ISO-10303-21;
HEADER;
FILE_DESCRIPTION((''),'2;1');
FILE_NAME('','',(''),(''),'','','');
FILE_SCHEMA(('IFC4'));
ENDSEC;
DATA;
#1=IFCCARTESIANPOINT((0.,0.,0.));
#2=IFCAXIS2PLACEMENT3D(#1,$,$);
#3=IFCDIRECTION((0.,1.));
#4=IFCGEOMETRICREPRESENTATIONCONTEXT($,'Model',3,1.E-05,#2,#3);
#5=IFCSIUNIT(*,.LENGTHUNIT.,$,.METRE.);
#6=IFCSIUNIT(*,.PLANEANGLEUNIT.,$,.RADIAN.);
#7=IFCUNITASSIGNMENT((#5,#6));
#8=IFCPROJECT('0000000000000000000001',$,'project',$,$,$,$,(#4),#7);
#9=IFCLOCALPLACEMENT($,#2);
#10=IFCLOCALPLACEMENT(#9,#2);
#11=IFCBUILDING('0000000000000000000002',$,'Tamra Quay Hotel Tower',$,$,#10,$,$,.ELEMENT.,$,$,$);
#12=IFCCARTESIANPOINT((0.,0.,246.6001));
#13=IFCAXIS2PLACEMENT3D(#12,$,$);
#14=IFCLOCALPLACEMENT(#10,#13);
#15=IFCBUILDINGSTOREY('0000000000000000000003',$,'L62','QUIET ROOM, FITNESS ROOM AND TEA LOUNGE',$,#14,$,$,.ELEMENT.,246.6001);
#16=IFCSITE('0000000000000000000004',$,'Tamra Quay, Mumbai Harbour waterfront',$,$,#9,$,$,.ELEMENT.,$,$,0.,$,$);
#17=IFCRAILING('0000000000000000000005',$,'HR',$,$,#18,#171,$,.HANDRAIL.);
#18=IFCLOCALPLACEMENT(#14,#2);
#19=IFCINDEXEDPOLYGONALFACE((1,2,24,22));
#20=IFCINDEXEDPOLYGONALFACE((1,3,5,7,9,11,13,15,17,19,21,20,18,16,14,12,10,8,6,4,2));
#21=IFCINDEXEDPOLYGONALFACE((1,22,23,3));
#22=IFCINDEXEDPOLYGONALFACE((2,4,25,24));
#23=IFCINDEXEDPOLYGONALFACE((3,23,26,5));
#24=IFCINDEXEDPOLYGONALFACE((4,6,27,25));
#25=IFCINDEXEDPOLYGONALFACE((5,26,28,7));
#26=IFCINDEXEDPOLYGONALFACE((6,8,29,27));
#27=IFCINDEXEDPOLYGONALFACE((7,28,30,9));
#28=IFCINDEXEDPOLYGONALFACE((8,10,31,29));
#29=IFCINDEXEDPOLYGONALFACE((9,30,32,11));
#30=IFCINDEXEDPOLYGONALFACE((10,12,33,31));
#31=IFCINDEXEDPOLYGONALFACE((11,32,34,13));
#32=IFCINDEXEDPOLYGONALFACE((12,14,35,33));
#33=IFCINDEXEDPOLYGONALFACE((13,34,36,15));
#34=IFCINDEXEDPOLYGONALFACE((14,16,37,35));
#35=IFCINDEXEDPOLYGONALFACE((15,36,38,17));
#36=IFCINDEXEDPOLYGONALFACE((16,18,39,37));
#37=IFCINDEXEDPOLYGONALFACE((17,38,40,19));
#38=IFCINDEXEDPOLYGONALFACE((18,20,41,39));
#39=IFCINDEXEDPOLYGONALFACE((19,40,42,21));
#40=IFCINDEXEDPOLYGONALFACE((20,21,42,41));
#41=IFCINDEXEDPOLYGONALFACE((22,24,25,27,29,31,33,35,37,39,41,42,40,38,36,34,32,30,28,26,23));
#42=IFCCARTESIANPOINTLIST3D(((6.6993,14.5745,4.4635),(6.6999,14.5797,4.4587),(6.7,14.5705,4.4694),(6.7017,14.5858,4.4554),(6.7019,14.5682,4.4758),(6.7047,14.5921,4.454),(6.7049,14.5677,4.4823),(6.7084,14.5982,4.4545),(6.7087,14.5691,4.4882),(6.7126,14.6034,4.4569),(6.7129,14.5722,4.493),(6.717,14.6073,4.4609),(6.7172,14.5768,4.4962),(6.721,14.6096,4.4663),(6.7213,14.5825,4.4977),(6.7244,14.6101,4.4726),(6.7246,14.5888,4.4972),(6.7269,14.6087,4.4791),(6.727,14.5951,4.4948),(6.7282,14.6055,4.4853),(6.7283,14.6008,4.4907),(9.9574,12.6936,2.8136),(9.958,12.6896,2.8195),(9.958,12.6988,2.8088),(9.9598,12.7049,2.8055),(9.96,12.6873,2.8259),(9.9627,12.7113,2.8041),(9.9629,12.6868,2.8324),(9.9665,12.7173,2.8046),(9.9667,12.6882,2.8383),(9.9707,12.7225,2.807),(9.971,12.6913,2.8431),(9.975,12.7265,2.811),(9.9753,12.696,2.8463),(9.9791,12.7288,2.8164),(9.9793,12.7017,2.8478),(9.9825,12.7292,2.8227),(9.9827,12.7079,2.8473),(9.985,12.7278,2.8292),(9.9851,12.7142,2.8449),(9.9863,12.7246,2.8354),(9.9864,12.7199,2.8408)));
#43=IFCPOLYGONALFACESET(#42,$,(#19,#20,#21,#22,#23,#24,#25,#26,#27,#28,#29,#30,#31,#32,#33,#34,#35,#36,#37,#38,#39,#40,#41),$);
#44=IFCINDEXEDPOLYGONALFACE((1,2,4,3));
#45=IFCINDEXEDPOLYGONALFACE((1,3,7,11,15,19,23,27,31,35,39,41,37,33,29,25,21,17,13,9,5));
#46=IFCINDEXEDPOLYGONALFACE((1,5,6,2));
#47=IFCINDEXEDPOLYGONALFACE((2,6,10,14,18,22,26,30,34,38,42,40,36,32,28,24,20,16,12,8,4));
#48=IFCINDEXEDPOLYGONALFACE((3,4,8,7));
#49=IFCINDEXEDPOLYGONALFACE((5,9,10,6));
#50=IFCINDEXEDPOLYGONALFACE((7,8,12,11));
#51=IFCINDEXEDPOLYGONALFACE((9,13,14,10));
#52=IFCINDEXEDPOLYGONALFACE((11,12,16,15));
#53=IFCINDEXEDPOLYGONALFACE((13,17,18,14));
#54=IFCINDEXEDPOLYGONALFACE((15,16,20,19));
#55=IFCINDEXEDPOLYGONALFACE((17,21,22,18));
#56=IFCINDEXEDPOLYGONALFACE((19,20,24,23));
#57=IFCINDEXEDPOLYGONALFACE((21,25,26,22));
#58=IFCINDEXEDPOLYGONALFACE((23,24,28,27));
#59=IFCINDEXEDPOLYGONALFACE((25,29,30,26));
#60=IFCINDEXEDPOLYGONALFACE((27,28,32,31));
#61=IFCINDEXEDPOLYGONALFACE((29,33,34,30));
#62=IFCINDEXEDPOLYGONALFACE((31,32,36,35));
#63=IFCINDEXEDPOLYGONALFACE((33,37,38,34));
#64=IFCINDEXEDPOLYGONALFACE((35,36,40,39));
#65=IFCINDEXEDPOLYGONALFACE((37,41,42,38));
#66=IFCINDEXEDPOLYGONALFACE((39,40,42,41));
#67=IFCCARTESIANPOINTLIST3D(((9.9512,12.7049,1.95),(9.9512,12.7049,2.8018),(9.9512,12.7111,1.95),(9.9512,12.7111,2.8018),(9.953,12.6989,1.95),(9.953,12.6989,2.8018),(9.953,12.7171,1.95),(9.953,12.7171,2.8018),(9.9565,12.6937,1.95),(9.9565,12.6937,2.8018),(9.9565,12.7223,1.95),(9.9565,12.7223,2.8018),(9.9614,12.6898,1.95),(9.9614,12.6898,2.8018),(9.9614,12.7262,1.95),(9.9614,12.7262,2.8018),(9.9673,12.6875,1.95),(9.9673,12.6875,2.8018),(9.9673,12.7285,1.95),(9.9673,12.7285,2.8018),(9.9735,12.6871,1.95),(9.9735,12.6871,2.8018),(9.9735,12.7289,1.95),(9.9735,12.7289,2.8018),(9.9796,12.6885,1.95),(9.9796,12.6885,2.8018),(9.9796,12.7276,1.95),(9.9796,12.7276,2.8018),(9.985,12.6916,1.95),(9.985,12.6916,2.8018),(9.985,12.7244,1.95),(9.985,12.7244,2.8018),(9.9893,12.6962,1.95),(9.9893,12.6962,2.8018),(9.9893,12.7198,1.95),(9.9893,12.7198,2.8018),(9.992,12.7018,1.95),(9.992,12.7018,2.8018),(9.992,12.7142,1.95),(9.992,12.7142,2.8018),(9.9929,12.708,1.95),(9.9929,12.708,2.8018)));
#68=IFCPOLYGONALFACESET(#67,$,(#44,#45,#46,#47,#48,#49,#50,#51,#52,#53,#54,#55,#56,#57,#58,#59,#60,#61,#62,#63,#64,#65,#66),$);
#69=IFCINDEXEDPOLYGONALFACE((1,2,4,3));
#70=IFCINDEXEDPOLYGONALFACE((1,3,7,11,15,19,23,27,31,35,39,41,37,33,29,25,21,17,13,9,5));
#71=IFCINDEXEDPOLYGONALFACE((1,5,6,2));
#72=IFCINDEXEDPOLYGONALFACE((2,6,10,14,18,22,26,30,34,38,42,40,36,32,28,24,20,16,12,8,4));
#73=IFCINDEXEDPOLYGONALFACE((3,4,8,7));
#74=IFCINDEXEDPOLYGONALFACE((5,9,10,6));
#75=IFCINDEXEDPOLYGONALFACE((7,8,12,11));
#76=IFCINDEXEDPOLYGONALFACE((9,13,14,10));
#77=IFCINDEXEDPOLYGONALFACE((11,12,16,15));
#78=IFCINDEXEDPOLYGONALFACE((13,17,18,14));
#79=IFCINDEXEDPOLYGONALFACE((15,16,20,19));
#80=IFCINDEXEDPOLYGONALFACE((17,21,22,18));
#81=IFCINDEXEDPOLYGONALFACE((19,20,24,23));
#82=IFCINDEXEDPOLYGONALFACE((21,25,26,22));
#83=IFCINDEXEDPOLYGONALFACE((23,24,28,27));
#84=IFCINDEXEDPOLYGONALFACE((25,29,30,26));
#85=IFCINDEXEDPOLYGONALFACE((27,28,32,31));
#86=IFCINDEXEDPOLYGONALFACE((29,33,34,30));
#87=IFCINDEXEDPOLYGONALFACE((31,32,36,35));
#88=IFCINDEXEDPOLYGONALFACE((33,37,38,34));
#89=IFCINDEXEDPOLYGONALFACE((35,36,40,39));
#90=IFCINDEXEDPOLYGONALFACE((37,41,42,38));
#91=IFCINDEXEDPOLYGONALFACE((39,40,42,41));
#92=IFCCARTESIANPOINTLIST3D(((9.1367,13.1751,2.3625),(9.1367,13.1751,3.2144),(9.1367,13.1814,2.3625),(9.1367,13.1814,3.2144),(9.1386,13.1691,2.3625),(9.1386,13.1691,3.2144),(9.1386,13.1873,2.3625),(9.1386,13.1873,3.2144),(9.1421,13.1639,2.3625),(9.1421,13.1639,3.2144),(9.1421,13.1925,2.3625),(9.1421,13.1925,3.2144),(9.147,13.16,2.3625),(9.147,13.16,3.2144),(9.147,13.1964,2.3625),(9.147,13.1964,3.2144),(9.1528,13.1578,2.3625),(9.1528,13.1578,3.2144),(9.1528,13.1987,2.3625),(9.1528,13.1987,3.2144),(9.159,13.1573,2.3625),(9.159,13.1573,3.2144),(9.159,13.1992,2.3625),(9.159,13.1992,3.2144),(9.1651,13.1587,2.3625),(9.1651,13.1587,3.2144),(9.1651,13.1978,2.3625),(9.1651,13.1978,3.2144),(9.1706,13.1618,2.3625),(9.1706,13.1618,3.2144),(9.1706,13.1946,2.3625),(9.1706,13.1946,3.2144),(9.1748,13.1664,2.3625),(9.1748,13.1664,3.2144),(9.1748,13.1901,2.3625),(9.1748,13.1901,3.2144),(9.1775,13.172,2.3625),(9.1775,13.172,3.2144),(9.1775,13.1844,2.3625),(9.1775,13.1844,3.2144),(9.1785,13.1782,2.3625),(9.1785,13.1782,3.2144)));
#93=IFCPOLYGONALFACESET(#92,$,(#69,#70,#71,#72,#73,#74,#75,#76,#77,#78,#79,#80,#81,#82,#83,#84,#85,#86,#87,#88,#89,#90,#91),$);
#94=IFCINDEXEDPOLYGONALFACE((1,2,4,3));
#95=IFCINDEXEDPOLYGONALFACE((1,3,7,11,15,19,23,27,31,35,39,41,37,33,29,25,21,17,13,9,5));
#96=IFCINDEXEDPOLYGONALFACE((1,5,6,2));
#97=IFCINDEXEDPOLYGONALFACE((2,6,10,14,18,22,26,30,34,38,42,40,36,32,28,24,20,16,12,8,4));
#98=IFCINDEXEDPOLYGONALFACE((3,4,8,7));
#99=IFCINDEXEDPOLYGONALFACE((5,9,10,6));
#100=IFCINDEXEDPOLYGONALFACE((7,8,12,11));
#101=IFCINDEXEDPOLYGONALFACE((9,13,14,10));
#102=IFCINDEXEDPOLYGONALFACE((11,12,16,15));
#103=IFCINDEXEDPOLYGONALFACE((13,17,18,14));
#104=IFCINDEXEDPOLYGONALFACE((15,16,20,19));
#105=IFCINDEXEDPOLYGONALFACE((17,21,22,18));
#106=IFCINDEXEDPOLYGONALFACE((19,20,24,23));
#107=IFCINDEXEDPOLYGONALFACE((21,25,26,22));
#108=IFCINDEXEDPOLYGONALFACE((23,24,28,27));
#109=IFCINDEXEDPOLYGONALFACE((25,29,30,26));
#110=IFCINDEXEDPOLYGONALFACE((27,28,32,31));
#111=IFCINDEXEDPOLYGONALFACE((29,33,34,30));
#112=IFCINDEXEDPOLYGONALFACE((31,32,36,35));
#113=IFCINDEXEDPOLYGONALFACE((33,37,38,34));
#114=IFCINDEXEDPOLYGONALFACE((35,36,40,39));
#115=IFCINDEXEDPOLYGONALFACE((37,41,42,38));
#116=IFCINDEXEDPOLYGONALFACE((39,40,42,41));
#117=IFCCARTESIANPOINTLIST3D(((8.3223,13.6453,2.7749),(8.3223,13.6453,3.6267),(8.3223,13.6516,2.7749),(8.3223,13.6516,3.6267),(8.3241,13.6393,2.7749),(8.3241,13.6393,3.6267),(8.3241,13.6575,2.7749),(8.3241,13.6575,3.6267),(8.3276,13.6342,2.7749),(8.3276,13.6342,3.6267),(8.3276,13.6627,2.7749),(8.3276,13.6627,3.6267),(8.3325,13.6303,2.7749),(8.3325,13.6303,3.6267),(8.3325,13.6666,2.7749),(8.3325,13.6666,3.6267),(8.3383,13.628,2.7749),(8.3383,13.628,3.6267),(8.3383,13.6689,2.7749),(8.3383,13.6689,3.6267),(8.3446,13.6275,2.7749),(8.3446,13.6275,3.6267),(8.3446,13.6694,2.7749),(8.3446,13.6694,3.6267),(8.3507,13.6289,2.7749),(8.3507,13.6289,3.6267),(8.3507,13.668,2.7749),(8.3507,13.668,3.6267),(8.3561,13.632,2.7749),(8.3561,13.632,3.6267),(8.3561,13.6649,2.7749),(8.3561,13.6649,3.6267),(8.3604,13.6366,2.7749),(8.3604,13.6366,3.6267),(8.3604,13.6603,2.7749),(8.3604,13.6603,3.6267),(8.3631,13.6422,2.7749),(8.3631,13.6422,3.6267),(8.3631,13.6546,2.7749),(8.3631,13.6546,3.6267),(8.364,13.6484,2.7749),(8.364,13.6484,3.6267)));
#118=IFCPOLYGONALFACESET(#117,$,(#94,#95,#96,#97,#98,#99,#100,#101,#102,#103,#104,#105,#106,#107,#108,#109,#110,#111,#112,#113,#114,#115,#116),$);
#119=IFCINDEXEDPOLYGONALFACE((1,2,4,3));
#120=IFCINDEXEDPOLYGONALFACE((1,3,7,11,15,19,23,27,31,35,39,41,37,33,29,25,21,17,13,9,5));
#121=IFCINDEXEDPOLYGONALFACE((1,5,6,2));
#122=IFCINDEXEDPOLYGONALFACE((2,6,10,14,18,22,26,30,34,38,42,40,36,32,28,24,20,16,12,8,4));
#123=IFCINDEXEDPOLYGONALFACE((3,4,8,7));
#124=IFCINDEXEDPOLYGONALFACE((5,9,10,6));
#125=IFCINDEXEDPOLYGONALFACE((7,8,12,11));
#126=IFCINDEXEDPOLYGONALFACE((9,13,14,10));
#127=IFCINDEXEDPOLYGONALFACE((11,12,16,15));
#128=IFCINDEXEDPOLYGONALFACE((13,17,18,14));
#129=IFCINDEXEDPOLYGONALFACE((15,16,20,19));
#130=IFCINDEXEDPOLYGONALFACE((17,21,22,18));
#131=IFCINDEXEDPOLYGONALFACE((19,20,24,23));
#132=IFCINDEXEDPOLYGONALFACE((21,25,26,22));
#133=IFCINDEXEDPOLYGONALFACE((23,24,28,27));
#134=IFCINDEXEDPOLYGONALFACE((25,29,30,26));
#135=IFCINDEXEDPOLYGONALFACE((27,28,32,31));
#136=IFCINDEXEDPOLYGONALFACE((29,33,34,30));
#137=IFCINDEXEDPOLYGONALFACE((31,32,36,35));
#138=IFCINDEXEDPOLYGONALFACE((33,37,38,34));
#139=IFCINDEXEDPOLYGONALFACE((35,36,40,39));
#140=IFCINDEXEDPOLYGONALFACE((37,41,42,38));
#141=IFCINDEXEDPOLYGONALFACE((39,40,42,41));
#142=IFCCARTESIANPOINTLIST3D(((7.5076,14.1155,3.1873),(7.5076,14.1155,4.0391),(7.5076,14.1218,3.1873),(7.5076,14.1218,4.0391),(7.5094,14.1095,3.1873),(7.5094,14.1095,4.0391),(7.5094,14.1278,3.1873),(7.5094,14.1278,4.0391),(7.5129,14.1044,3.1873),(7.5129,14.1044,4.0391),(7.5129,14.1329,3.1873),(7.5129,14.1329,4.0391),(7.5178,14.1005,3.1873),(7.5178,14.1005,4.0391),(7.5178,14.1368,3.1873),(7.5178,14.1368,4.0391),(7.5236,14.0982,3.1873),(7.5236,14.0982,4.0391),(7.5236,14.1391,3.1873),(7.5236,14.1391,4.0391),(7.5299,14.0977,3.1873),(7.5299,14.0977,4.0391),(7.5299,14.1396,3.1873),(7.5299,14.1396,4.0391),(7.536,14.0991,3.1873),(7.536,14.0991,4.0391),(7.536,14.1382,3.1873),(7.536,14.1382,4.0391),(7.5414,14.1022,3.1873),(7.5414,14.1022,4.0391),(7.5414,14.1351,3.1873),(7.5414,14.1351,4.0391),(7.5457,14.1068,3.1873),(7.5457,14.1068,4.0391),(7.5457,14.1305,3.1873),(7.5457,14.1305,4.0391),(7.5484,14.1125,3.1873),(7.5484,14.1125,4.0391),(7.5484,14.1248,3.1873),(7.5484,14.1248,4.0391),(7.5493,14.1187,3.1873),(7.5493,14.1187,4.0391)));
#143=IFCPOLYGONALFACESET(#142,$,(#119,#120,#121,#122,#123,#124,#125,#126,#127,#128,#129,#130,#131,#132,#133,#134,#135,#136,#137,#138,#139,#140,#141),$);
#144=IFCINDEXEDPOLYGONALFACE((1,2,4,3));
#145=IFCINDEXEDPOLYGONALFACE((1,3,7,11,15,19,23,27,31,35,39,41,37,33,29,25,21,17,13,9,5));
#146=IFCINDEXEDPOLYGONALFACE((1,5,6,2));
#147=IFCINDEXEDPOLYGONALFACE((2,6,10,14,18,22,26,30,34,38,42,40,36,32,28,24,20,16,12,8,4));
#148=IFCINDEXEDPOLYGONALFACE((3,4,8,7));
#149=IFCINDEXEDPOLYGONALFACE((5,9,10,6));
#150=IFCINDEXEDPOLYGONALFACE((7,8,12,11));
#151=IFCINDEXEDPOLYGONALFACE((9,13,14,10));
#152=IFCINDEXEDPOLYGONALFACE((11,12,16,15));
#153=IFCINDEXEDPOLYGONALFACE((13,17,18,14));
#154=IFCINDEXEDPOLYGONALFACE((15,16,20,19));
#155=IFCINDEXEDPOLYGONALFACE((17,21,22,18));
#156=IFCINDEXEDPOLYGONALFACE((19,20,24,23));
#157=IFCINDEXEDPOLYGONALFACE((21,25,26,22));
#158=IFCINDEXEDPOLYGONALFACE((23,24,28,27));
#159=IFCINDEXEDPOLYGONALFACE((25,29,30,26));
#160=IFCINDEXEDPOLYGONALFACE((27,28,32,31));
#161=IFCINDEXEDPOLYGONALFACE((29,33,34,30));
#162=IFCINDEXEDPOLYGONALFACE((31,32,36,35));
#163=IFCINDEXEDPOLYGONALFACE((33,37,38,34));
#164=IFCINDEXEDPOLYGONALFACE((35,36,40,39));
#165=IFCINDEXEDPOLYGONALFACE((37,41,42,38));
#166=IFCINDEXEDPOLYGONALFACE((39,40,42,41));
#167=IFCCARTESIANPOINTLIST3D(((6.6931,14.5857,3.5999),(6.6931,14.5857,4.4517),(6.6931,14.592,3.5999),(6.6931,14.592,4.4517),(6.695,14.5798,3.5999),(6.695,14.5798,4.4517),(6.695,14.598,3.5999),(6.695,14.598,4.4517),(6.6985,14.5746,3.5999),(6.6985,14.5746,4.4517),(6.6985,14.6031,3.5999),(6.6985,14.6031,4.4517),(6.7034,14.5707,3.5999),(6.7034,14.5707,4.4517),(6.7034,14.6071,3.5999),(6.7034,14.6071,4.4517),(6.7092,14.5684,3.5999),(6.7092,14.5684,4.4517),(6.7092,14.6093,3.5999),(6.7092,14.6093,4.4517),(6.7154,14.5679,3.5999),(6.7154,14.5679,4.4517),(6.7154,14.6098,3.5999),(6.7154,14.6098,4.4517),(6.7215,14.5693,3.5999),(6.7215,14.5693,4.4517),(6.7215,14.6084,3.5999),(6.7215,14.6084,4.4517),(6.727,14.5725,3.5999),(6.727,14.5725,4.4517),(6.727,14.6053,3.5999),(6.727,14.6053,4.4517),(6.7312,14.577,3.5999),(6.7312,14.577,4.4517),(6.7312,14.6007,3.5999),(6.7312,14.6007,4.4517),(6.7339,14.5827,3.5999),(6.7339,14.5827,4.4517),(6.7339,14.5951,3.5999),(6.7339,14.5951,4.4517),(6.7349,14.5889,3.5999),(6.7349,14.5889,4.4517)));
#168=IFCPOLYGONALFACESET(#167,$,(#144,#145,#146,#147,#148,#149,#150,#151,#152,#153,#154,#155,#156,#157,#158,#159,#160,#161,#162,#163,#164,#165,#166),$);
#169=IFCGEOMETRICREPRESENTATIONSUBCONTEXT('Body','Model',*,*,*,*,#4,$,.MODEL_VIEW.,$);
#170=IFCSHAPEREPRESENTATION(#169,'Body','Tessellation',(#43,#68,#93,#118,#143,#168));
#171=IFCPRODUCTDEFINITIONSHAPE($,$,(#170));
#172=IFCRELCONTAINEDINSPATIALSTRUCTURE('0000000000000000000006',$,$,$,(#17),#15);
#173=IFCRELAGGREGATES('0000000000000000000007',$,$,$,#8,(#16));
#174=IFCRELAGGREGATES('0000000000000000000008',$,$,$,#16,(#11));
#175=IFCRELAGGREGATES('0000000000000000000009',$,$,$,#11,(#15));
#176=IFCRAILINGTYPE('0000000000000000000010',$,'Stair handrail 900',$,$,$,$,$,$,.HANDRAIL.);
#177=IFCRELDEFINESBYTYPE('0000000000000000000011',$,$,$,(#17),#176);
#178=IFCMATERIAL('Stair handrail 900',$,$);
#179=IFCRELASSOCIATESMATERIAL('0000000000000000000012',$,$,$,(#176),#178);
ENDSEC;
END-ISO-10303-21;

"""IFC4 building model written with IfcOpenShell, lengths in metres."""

from ifc_helpers import new_model, si_unit, direction, frame, origin, origin_2d, place, context, subcontext, project, spatial, circle, extrude, material, type_object, element, save


model = new_model("IFC4")

# Units and contexts
model_context = context("Model", 3, precision=1e-05, world=origin(), true_north=direction((0.0, 1.0)))
body_context = subcontext(model_context, "Body", "Model", "MODEL_VIEW")
ifc_project = project(units=[si_unit("LENGTHUNIT", "METRE"), si_unit("PLANEANGLEUNIT", "RADIAN")], contexts=[model_context])

# Site, building, storey
site_placement = place(None, origin())
site = spatial("IfcSite", under=ifc_project, at=site_placement, Name="Tamra Quay, Mumbai Harbour waterfront", CompositionType="ELEMENT", RefElevation=0.0)
building_placement = place(site_placement, origin())
building = spatial("IfcBuilding", under=site, at=building_placement, Name="Tamra Quay Hotel Tower", CompositionType="ELEMENT")
storey_placement = place(building_placement, frame((0.0, 0.0, 246.6001)))
storey = spatial("IfcBuildingStorey", under=building, at=storey_placement, Name="L62", Description="QUIET ROOM, FITNESS ROOM AND TEA LOUNGE", CompositionType="ELEMENT", Elevation=246.6001)

# Railing
ifc_material_1 = material(Name="Stair handrail 900")
railing_type_1 = type_object("IfcRailingType", Name="Stair handrail 900", PredefinedType="HANDRAIL", material=ifc_material_1)
railing_1_placement = place(storey_placement, frame((9.9719, 12.708, 1.95)))
element("IfcRailing", 1, at=railing_1_placement, inside=storey, type_object=railing_type_1, Name="HR", PredefinedType="HANDRAIL", context=body_context, shape_type="SweptSolid", body=[
    extrude(circle(Radius=0.0239, at=origin_2d()), frame((0.0, 0.0, 0.876), z_axis=(-0.793122, 0.457865, 0.401642), x_axis=(-0.499964, -0.866046, 0.0)), (0.0, 0.0, 1.0), 4.1079),
    extrude(circle(Radius=0.021, at=origin_2d()), origin(), (0.0, 0.0, 1.0), 0.8518),
    extrude(circle(Radius=0.021, at=origin_2d()), frame((-0.8145, 0.4702, 0.4126)), (0.0, 0.0, 1.0), 0.8518),
    extrude(circle(Radius=0.021, at=origin_2d()), frame((-1.6289, 0.9404, 0.825)), (0.0, 0.0, 1.0), 0.8518),
    extrude(circle(Radius=0.021, at=origin_2d()), frame((-2.4436, 1.4106, 1.2373)), (0.0, 0.0, 1.0), 0.8518),
    extrude(circle(Radius=0.021, at=origin_2d()), frame((-3.2581, 1.8809, 1.6499)), (0.0, 0.0, 1.0), 0.8518),
])

save(model, "model.ifc")
